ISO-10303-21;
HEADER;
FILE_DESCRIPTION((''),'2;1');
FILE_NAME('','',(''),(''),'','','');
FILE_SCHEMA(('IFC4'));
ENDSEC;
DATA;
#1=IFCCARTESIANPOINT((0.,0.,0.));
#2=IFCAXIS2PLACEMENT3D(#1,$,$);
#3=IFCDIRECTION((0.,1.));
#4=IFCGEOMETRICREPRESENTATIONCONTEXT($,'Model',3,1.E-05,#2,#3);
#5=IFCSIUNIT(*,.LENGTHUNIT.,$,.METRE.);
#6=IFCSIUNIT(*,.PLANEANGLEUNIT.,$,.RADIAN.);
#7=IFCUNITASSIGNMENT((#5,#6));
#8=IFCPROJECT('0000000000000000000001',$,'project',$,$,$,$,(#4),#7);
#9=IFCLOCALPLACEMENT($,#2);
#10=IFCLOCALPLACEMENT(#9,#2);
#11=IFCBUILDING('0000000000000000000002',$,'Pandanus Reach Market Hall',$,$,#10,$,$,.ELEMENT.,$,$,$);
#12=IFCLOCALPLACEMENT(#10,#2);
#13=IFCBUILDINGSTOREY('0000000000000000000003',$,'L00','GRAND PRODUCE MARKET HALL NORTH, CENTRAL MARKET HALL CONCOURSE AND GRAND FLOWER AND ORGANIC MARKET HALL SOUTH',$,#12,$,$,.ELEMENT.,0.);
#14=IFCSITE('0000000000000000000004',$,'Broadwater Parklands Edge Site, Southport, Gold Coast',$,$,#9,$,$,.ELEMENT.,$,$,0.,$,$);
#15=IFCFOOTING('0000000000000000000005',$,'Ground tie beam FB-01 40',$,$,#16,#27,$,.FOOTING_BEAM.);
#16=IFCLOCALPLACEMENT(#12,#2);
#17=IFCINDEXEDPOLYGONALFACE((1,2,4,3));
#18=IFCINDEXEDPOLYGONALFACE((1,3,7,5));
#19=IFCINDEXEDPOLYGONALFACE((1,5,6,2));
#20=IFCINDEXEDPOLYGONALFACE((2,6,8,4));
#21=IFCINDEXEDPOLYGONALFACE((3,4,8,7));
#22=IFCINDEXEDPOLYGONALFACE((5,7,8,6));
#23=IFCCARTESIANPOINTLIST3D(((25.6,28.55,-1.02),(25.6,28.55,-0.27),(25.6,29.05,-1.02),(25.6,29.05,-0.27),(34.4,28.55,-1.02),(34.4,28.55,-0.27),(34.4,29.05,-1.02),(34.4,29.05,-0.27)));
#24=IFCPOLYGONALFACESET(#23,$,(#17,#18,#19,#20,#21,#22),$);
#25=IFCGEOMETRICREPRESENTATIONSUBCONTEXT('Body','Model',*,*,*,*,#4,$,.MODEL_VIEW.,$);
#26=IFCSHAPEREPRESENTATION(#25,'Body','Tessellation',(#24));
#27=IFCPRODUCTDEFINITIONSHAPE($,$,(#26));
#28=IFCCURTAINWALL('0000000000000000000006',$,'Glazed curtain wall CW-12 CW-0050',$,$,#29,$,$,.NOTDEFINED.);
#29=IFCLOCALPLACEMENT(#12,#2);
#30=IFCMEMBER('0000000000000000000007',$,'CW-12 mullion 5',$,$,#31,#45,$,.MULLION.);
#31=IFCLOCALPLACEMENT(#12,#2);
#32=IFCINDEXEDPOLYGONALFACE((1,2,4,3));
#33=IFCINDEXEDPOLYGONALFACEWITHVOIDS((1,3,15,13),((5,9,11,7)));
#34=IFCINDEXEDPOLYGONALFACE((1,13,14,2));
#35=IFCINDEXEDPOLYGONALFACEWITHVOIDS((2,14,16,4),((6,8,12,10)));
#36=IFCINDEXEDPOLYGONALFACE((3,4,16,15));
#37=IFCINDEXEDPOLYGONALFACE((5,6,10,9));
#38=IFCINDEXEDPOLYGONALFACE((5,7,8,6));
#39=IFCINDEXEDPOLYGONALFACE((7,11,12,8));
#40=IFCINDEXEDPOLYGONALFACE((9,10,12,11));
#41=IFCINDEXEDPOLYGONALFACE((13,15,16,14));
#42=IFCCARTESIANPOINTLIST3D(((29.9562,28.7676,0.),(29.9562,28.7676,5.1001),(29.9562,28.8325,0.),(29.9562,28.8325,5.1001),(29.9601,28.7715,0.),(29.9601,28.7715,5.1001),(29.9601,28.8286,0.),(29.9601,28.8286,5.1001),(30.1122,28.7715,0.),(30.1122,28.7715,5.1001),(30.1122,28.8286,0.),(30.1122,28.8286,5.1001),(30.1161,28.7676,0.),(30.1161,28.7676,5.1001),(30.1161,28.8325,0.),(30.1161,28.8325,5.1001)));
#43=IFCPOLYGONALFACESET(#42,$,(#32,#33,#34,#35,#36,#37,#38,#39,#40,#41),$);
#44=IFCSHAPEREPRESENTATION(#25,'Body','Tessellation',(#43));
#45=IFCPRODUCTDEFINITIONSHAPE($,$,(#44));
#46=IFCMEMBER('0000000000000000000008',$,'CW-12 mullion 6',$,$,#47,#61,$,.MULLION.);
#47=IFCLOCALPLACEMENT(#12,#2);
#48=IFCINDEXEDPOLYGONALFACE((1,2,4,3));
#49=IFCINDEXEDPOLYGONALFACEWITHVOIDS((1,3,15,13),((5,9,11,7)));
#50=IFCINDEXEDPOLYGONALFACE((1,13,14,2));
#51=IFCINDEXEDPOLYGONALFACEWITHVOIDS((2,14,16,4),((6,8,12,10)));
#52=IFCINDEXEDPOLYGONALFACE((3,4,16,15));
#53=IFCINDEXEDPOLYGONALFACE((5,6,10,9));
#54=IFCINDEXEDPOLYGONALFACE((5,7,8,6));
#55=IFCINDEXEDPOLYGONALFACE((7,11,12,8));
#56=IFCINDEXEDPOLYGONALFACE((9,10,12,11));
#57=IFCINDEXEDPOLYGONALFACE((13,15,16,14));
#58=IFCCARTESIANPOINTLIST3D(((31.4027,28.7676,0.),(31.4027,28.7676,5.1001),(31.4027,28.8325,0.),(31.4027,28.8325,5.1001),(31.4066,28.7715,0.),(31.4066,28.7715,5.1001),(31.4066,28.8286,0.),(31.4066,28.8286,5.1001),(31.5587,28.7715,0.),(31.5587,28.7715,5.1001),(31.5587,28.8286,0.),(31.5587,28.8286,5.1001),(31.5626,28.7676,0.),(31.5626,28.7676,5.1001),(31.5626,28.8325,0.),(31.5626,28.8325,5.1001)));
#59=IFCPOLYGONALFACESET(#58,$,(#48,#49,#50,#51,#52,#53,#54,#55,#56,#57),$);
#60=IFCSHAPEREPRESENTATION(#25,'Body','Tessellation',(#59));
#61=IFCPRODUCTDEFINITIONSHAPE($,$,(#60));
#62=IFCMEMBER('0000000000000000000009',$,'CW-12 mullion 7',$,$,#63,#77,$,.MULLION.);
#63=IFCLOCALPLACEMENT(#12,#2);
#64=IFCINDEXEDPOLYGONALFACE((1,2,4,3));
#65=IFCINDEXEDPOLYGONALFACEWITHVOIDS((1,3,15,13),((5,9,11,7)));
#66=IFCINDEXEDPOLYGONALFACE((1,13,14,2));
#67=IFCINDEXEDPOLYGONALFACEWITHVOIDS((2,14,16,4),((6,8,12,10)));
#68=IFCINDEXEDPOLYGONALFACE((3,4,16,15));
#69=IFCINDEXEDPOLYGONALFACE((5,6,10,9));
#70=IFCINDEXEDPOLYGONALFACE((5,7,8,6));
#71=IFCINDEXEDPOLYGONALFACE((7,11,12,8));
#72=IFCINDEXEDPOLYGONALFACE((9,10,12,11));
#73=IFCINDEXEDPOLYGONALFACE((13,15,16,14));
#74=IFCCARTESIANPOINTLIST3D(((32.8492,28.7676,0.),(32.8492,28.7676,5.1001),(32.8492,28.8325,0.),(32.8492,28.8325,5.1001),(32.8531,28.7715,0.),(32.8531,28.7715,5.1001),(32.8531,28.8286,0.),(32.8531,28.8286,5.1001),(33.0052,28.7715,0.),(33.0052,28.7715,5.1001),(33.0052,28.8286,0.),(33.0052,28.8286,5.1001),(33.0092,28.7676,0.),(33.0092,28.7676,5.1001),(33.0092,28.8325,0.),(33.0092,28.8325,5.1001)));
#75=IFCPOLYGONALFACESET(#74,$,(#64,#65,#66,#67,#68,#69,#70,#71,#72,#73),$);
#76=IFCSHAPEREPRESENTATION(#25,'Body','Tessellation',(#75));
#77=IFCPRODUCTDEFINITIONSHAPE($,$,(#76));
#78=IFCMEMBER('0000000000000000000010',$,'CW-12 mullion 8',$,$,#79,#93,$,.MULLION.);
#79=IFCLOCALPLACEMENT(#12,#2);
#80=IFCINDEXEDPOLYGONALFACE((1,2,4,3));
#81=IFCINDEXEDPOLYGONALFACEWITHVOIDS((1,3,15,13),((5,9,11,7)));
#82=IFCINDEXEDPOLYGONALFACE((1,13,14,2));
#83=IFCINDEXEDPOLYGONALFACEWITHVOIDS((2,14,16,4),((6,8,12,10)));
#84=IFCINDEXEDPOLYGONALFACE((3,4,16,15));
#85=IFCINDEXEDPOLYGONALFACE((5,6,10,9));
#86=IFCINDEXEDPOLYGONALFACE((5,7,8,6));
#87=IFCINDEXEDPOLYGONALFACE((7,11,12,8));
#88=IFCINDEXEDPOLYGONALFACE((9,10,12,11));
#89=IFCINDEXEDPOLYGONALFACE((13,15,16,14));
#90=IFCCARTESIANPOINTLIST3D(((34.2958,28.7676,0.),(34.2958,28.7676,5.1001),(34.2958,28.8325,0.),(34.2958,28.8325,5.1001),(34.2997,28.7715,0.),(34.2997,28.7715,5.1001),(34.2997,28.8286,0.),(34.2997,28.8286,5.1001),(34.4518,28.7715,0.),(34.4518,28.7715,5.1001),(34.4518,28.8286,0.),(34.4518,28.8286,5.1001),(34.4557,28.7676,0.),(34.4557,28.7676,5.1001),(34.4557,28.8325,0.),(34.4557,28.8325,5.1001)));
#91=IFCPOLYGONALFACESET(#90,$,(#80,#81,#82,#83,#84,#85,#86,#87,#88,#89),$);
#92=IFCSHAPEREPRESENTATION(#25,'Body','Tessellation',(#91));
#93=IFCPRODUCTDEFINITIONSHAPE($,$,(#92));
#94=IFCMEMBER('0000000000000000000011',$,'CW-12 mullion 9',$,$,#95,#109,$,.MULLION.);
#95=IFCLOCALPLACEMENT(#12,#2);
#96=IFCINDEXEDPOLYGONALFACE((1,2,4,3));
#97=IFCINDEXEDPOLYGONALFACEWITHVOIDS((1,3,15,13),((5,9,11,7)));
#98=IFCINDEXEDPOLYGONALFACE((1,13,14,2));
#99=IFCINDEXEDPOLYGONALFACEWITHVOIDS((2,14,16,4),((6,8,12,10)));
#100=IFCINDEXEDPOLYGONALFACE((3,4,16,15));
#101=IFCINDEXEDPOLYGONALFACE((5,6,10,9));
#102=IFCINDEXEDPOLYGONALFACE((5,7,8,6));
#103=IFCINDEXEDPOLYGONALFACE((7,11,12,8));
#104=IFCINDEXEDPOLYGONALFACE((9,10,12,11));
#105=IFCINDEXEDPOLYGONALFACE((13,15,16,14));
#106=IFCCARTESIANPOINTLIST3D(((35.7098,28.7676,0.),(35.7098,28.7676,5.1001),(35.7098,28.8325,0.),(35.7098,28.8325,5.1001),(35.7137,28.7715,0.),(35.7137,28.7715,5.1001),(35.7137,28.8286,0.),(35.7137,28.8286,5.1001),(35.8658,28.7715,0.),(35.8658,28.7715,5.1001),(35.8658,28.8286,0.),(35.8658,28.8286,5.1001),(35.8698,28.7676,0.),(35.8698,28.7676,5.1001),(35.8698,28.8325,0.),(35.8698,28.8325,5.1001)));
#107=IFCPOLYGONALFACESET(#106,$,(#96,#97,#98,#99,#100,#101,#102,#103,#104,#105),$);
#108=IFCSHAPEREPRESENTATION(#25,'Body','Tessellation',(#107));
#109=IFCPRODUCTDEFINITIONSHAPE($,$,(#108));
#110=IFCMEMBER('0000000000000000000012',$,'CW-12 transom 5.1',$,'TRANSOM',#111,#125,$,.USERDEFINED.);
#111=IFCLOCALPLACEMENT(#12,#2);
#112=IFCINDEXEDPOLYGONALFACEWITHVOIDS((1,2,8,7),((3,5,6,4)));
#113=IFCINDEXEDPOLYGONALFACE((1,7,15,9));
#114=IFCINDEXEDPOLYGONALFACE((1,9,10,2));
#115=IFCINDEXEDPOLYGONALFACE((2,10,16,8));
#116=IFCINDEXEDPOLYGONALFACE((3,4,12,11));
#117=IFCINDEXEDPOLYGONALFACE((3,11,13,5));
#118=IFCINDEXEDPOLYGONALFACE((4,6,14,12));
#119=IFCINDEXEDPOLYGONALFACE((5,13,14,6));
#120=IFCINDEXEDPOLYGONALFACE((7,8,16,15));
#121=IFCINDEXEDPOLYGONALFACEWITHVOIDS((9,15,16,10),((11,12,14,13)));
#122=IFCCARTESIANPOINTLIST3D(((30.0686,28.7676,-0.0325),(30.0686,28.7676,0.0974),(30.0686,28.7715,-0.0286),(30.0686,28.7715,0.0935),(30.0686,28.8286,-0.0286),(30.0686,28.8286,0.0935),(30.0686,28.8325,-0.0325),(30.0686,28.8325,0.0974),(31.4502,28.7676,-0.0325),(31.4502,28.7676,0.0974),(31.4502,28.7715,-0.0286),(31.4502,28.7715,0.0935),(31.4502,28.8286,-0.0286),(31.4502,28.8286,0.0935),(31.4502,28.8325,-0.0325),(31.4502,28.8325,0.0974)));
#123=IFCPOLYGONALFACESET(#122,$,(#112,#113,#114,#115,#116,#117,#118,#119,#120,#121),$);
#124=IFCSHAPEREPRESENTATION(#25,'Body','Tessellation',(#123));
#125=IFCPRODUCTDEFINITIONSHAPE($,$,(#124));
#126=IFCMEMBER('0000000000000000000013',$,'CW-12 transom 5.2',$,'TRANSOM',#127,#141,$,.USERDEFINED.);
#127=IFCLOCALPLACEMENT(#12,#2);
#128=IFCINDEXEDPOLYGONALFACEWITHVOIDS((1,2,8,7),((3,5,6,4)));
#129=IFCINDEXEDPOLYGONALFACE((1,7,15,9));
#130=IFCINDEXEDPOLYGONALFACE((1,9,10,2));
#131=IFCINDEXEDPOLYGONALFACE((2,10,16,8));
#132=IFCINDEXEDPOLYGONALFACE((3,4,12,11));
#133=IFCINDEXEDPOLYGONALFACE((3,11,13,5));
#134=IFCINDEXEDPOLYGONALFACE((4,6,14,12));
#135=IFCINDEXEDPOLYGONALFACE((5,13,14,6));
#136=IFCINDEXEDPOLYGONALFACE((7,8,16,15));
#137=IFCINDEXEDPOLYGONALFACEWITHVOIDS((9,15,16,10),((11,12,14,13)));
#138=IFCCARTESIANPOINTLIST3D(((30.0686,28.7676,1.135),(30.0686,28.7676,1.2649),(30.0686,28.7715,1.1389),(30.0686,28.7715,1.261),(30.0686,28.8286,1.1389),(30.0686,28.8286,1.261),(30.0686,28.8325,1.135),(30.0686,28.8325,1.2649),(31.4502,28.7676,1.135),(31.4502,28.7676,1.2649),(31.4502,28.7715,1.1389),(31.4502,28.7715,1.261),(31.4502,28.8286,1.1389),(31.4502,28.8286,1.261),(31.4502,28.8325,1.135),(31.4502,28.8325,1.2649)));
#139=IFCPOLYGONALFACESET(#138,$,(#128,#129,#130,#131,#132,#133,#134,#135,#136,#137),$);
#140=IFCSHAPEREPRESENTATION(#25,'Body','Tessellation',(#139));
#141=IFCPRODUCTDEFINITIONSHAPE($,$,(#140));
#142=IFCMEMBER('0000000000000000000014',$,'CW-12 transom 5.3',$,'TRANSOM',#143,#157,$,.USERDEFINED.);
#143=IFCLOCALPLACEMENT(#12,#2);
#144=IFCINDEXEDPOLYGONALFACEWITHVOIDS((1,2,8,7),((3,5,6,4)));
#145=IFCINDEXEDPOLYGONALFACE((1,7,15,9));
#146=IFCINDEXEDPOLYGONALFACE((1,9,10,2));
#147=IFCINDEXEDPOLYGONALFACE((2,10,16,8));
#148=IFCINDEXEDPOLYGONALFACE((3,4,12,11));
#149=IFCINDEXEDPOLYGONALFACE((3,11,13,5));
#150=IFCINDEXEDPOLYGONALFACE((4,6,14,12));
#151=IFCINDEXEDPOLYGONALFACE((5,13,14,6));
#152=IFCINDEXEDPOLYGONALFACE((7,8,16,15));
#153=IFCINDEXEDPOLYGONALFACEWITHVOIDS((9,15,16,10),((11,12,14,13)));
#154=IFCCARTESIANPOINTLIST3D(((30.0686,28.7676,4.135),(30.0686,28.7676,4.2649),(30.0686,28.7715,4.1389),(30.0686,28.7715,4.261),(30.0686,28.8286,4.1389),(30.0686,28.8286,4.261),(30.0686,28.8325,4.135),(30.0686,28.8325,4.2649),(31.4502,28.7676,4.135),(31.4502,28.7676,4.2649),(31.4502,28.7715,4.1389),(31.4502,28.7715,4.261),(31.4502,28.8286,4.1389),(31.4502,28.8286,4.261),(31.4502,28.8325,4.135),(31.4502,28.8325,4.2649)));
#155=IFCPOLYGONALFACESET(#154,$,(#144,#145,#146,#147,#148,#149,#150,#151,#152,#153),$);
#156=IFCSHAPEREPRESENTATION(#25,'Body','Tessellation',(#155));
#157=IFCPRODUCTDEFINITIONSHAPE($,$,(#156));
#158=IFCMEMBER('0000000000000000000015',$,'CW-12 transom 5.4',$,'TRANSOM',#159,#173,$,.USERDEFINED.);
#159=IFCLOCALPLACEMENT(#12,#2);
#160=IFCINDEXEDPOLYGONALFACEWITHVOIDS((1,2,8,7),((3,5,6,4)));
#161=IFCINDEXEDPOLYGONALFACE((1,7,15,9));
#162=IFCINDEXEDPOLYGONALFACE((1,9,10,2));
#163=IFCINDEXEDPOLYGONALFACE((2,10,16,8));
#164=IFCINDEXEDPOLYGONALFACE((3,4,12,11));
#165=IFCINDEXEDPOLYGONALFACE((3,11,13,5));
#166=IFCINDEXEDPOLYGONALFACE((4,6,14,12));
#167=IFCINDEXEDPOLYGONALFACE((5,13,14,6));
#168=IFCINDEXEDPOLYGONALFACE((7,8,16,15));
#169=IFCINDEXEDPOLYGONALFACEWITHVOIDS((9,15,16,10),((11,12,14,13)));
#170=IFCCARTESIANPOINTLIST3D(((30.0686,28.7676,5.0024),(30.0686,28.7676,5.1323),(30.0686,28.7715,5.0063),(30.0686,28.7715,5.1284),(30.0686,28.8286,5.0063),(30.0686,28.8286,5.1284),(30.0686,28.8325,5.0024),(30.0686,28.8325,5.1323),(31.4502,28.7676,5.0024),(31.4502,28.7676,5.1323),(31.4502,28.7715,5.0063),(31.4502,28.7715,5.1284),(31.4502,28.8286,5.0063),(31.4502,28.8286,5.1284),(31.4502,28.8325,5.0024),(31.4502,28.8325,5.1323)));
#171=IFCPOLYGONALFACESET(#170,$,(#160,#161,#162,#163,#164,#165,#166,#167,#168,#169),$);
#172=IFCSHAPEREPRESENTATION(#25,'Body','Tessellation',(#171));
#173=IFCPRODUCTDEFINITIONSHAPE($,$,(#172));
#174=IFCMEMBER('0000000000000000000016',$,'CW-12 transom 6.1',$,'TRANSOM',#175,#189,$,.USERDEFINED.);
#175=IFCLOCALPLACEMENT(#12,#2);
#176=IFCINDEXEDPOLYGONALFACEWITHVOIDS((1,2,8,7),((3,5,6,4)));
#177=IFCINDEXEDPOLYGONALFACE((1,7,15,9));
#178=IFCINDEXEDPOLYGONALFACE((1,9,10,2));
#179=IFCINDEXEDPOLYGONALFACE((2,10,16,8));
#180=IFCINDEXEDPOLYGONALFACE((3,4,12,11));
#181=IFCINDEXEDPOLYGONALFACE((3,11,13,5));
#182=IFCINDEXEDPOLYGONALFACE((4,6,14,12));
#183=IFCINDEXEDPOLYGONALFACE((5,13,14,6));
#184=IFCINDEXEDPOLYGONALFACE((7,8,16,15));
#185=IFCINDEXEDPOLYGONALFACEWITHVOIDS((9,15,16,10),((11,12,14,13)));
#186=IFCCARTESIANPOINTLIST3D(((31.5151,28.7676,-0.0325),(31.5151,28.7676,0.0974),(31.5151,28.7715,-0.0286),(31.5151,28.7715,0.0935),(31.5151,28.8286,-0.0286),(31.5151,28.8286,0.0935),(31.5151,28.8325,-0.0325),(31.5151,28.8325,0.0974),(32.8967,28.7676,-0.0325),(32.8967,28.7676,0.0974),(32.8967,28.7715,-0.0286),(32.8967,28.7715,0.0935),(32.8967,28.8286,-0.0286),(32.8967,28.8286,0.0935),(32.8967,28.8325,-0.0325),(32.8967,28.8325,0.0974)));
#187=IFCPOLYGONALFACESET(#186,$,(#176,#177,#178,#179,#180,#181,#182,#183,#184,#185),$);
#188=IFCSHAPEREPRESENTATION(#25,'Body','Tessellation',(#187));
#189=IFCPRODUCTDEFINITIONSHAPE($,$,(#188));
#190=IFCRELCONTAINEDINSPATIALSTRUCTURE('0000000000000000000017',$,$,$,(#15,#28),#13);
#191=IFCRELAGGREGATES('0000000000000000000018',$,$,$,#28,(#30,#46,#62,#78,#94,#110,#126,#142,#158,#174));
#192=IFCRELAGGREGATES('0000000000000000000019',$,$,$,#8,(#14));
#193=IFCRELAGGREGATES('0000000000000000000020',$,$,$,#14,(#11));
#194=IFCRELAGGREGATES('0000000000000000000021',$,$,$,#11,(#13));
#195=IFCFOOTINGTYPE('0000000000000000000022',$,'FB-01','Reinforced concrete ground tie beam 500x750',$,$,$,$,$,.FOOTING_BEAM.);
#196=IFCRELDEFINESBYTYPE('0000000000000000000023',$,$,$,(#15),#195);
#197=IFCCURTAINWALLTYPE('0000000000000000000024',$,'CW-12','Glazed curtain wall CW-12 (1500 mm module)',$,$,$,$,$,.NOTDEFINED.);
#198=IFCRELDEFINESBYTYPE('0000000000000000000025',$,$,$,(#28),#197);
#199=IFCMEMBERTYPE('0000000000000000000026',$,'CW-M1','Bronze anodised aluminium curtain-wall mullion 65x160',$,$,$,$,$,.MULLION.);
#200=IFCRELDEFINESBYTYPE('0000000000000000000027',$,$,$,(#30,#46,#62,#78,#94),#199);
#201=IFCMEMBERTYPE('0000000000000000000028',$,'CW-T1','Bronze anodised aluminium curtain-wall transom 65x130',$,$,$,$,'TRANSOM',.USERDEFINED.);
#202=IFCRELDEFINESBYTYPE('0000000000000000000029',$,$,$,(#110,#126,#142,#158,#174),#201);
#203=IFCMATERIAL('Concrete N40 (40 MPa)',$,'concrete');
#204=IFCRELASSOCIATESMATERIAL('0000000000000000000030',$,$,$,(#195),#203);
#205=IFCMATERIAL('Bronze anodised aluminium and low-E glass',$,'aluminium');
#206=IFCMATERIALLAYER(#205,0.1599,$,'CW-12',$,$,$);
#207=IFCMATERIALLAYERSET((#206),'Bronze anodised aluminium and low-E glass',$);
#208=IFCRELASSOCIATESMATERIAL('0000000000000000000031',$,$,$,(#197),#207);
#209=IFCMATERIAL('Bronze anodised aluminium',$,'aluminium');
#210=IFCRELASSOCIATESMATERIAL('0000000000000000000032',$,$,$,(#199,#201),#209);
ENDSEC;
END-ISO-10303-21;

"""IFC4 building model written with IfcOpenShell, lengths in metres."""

from ifc_helpers import new_model, si_unit, direction, frame, origin, origin_2d, place, context, subcontext, project, spatial, rectangle, hollow_rectangle, extrude, material, layer, layer_set, material_profile, profile_set, type_object, element, aggregate, save


model = new_model("IFC4")

# Units and contexts
model_context = context("Model", 3, precision=1e-05, world=origin(), true_north=direction((0.0, 1.0)))
body_context = subcontext(model_context, "Body", "Model", "MODEL_VIEW")
ifc_project = project(units=[si_unit("LENGTHUNIT", "METRE"), si_unit("PLANEANGLEUNIT", "RADIAN")], contexts=[model_context])

# Site, building, storey
site_placement = place(None, origin())
site = spatial("IfcSite", under=ifc_project, at=site_placement, Name="Broadwater Parklands Edge Site, Southport, Gold Coast", CompositionType="ELEMENT", RefElevation=0.0)
building_placement = place(site_placement, origin())
building = spatial("IfcBuilding", under=site, at=building_placement, Name="Pandanus Reach Market Hall", CompositionType="ELEMENT")
storey_placement = place(building_placement, origin())
storey = spatial("IfcBuildingStorey", under=building, at=storey_placement, Name="L00", Description="GRAND PRODUCE MARKET HALL NORTH, CENTRAL MARKET HALL CONCOURSE AND GRAND FLOWER AND ORGANIC MARKET HALL SOUTH", CompositionType="ELEMENT", Elevation=0.0)

# Footing
ifc_material_1 = material(Name="Concrete N40 (40 MPa)", Category="concrete")
footing_type = type_object("IfcFootingType", Name="FB-01", Description="Reinforced concrete ground tie beam 500x750", PredefinedType="FOOTING_BEAM", material=ifc_material_1)
footing_placement = place(storey_placement, frame((30.0, 28.8, -1.02), z_axis=(0.0, 0.0, 1.0), x_axis=(1.0, 0.0, 0.0)))
element("IfcFooting", 1, at=footing_placement, inside=storey, type_object=footing_type, Name="Ground tie beam FB-01 40", PredefinedType="FOOTING_BEAM", context=body_context, shape_type="SweptSolid", body=[
    extrude(rectangle(XDim=8.8, YDim=0.5, at=origin_2d()), origin(), (0.0, 0.0, 1.0), 0.75),
])

# Curtain wall, members
ifc_material_2 = material(Name="Bronze anodised aluminium and low-E glass", Category="aluminium")
ifc_layer_1 = layer(ifc_material_2, 0.1599, Name="CW-12")
ifc_layer_set_1 = layer_set([ifc_layer_1], Name="Bronze anodised aluminium and low-E glass")
curtain_wall_type = type_object("IfcCurtainWallType", Name="CW-12", Description="Glazed curtain wall CW-12 (1500 mm module)", PredefinedType="NOTDEFINED", material=ifc_layer_set_1)
curtain_wall_placement = place(storey_placement, origin())
curtain_wall = element("IfcCurtainWall", 2, at=curtain_wall_placement, inside=storey, type_object=curtain_wall_type, Name="Glazed curtain wall CW-12 CW-0050", PredefinedType="NOTDEFINED")
ifc_material_3 = material(Name="Bronze anodised aluminium", Category="aluminium")
ifc_material_profile_1 = material_profile(ifc_material_3, hollow_rectangle(XDim=0.0649, YDim=0.1599, WallThickness=0.0039, at=origin_2d()), Name="ALU65x160", Category="LoadBearing")
ifc_profile_set_1 = profile_set([ifc_material_profile_1], Name="Bronze anodised aluminium")
member_type_1 = type_object("IfcMemberType", Name="CW-M1", Description="Bronze anodised aluminium curtain-wall mullion 65x160", PredefinedType="MULLION", material=ifc_profile_set_1)
member_1_placement = place(storey_placement, frame((30.0361, 28.8, 0.0), z_axis=(0.0, 0.0, 1.0), x_axis=(0.0, 1.0, 0.0)))
member_1 = element("IfcMember", 3, at=member_1_placement, type_object=member_type_1, Name="CW-12 mullion 5", PredefinedType="MULLION", context=body_context, shape_type="SweptSolid", body=[
    extrude(hollow_rectangle(XDim=0.0649, YDim=0.1599, WallThickness=0.0039, at=origin_2d()), origin(), (0.0, 0.0, 1.0), 5.1001),
])
member_2_placement = place(storey_placement, frame((31.4827, 28.8, 0.0), z_axis=(0.0, 0.0, 1.0), x_axis=(0.0, 1.0, 0.0)))
member_2 = element("IfcMember", 4, at=member_2_placement, type_object=member_type_1, Name="CW-12 mullion 6", PredefinedType="MULLION", context=body_context, shape_type="SweptSolid", body=[
    extrude(hollow_rectangle(XDim=0.0649, YDim=0.1599, WallThickness=0.0039, at=origin_2d()), origin(), (0.0, 0.0, 1.0), 5.1001),
])
member_3_placement = place(storey_placement, frame((32.9292, 28.8, 0.0), z_axis=(0.0, 0.0, 1.0), x_axis=(0.0, 1.0, 0.0)))
member_3 = element("IfcMember", 5, at=member_3_placement, type_object=member_type_1, Name="CW-12 mullion 7", PredefinedType="MULLION", context=body_context, shape_type="SweptSolid", body=[
    extrude(hollow_rectangle(XDim=0.0649, YDim=0.1599, WallThickness=0.0039, at=origin_2d()), origin(), (0.0, 0.0, 1.0), 5.1001),
])
member_4_placement = place(storey_placement, frame((34.3757, 28.8, 0.0), z_axis=(0.0, 0.0, 1.0), x_axis=(0.0, 1.0, 0.0)))
member_4 = element("IfcMember", 6, at=member_4_placement, type_object=member_type_1, Name="CW-12 mullion 8", PredefinedType="MULLION", context=body_context, shape_type="SweptSolid", body=[
    extrude(hollow_rectangle(XDim=0.0649, YDim=0.1599, WallThickness=0.0039, at=origin_2d()), origin(), (0.0, 0.0, 1.0), 5.1001),
])
member_5_placement = place(storey_placement, frame((35.7898, 28.8, 0.0), z_axis=(0.0, 0.0, 1.0), x_axis=(0.0, 1.0, 0.0)))
member_5 = element("IfcMember", 7, at=member_5_placement, type_object=member_type_1, Name="CW-12 mullion 9", PredefinedType="MULLION", context=body_context, shape_type="SweptSolid", body=[
    extrude(hollow_rectangle(XDim=0.0649, YDim=0.1599, WallThickness=0.0039, at=origin_2d()), origin(), (0.0, 0.0, 1.0), 5.1001),
])
ifc_material_profile_2 = material_profile(ifc_material_3, hollow_rectangle(XDim=0.0649, YDim=0.1299, WallThickness=0.0039, at=origin_2d()), Name="ALU65x130", Category="LoadBearing")
ifc_profile_set_2 = profile_set([ifc_material_profile_2], Name="Bronze anodised aluminium")
member_type_2 = type_object("IfcMemberType", Name="CW-T1", Description="Bronze anodised aluminium curtain-wall transom 65x130", ElementType="TRANSOM", PredefinedType="USERDEFINED", material=ifc_profile_set_2)
member_6_placement = place(storey_placement, frame((30.0686, 28.8, 0.0325), z_axis=(1.0, 0.0, 0.0), x_axis=(0.0, 1.0, 0.0)))
member_6 = element("IfcMember", 8, at=member_6_placement, type_object=member_type_2, Name="CW-12 transom 5.1", ObjectType="TRANSOM", PredefinedType="USERDEFINED", context=body_context, shape_type="SweptSolid", body=[
    extrude(hollow_rectangle(XDim=0.0649, YDim=0.1299, WallThickness=0.0039, at=origin_2d()), origin(), (0.0, 0.0, 1.0), 1.3816),
])
member_7_placement = place(storey_placement, frame((30.0686, 28.8, 1.2), z_axis=(1.0, 0.0, 0.0), x_axis=(0.0, 1.0, 0.0)))
member_7 = element("IfcMember", 9, at=member_7_placement, type_object=member_type_2, Name="CW-12 transom 5.2", ObjectType="TRANSOM", PredefinedType="USERDEFINED", context=body_context, shape_type="SweptSolid", body=[
    extrude(hollow_rectangle(XDim=0.0649, YDim=0.1299, WallThickness=0.0039, at=origin_2d()), origin(), (0.0, 0.0, 1.0), 1.3816),
])
member_8_placement = place(storey_placement, frame((30.0686, 28.8, 4.2), z_axis=(1.0, 0.0, 0.0), x_axis=(0.0, 1.0, 0.0)))
member_8 = element("IfcMember", 10, at=member_8_placement, type_object=member_type_2, Name="CW-12 transom 5.3", ObjectType="TRANSOM", PredefinedType="USERDEFINED", context=body_context, shape_type="SweptSolid", body=[
    extrude(hollow_rectangle(XDim=0.0649, YDim=0.1299, WallThickness=0.0039, at=origin_2d()), origin(), (0.0, 0.0, 1.0), 1.3816),
])
member_9_placement = place(storey_placement, frame((30.0686, 28.8, 5.0674), z_axis=(1.0, 0.0, 0.0), x_axis=(0.0, 1.0, 0.0)))
member_9 = element("IfcMember", 11, at=member_9_placement, type_object=member_type_2, Name="CW-12 transom 5.4", ObjectType="TRANSOM", PredefinedType="USERDEFINED", context=body_context, shape_type="SweptSolid", body=[
    extrude(hollow_rectangle(XDim=0.0649, YDim=0.1299, WallThickness=0.0039, at=origin_2d()), origin(), (0.0, 0.0, 1.0), 1.3816),
])
member_10_placement = place(storey_placement, frame((31.5151, 28.8, 0.0325), z_axis=(1.0, 0.0, 0.0), x_axis=(0.0, 1.0, 0.0)))
member_10 = element("IfcMember", 12, at=member_10_placement, type_object=member_type_2, Name="CW-12 transom 6.1", ObjectType="TRANSOM", PredefinedType="USERDEFINED", context=body_context, shape_type="SweptSolid", body=[
    extrude(hollow_rectangle(XDim=0.0649, YDim=0.1299, WallThickness=0.0039, at=origin_2d()), origin(), (0.0, 0.0, 1.0), 1.3816),
])
aggregate(curtain_wall, [member_1, member_2, member_3, member_4, member_5, member_6, member_7, member_8, member_9, member_10])

save(model, "model.ifc")
